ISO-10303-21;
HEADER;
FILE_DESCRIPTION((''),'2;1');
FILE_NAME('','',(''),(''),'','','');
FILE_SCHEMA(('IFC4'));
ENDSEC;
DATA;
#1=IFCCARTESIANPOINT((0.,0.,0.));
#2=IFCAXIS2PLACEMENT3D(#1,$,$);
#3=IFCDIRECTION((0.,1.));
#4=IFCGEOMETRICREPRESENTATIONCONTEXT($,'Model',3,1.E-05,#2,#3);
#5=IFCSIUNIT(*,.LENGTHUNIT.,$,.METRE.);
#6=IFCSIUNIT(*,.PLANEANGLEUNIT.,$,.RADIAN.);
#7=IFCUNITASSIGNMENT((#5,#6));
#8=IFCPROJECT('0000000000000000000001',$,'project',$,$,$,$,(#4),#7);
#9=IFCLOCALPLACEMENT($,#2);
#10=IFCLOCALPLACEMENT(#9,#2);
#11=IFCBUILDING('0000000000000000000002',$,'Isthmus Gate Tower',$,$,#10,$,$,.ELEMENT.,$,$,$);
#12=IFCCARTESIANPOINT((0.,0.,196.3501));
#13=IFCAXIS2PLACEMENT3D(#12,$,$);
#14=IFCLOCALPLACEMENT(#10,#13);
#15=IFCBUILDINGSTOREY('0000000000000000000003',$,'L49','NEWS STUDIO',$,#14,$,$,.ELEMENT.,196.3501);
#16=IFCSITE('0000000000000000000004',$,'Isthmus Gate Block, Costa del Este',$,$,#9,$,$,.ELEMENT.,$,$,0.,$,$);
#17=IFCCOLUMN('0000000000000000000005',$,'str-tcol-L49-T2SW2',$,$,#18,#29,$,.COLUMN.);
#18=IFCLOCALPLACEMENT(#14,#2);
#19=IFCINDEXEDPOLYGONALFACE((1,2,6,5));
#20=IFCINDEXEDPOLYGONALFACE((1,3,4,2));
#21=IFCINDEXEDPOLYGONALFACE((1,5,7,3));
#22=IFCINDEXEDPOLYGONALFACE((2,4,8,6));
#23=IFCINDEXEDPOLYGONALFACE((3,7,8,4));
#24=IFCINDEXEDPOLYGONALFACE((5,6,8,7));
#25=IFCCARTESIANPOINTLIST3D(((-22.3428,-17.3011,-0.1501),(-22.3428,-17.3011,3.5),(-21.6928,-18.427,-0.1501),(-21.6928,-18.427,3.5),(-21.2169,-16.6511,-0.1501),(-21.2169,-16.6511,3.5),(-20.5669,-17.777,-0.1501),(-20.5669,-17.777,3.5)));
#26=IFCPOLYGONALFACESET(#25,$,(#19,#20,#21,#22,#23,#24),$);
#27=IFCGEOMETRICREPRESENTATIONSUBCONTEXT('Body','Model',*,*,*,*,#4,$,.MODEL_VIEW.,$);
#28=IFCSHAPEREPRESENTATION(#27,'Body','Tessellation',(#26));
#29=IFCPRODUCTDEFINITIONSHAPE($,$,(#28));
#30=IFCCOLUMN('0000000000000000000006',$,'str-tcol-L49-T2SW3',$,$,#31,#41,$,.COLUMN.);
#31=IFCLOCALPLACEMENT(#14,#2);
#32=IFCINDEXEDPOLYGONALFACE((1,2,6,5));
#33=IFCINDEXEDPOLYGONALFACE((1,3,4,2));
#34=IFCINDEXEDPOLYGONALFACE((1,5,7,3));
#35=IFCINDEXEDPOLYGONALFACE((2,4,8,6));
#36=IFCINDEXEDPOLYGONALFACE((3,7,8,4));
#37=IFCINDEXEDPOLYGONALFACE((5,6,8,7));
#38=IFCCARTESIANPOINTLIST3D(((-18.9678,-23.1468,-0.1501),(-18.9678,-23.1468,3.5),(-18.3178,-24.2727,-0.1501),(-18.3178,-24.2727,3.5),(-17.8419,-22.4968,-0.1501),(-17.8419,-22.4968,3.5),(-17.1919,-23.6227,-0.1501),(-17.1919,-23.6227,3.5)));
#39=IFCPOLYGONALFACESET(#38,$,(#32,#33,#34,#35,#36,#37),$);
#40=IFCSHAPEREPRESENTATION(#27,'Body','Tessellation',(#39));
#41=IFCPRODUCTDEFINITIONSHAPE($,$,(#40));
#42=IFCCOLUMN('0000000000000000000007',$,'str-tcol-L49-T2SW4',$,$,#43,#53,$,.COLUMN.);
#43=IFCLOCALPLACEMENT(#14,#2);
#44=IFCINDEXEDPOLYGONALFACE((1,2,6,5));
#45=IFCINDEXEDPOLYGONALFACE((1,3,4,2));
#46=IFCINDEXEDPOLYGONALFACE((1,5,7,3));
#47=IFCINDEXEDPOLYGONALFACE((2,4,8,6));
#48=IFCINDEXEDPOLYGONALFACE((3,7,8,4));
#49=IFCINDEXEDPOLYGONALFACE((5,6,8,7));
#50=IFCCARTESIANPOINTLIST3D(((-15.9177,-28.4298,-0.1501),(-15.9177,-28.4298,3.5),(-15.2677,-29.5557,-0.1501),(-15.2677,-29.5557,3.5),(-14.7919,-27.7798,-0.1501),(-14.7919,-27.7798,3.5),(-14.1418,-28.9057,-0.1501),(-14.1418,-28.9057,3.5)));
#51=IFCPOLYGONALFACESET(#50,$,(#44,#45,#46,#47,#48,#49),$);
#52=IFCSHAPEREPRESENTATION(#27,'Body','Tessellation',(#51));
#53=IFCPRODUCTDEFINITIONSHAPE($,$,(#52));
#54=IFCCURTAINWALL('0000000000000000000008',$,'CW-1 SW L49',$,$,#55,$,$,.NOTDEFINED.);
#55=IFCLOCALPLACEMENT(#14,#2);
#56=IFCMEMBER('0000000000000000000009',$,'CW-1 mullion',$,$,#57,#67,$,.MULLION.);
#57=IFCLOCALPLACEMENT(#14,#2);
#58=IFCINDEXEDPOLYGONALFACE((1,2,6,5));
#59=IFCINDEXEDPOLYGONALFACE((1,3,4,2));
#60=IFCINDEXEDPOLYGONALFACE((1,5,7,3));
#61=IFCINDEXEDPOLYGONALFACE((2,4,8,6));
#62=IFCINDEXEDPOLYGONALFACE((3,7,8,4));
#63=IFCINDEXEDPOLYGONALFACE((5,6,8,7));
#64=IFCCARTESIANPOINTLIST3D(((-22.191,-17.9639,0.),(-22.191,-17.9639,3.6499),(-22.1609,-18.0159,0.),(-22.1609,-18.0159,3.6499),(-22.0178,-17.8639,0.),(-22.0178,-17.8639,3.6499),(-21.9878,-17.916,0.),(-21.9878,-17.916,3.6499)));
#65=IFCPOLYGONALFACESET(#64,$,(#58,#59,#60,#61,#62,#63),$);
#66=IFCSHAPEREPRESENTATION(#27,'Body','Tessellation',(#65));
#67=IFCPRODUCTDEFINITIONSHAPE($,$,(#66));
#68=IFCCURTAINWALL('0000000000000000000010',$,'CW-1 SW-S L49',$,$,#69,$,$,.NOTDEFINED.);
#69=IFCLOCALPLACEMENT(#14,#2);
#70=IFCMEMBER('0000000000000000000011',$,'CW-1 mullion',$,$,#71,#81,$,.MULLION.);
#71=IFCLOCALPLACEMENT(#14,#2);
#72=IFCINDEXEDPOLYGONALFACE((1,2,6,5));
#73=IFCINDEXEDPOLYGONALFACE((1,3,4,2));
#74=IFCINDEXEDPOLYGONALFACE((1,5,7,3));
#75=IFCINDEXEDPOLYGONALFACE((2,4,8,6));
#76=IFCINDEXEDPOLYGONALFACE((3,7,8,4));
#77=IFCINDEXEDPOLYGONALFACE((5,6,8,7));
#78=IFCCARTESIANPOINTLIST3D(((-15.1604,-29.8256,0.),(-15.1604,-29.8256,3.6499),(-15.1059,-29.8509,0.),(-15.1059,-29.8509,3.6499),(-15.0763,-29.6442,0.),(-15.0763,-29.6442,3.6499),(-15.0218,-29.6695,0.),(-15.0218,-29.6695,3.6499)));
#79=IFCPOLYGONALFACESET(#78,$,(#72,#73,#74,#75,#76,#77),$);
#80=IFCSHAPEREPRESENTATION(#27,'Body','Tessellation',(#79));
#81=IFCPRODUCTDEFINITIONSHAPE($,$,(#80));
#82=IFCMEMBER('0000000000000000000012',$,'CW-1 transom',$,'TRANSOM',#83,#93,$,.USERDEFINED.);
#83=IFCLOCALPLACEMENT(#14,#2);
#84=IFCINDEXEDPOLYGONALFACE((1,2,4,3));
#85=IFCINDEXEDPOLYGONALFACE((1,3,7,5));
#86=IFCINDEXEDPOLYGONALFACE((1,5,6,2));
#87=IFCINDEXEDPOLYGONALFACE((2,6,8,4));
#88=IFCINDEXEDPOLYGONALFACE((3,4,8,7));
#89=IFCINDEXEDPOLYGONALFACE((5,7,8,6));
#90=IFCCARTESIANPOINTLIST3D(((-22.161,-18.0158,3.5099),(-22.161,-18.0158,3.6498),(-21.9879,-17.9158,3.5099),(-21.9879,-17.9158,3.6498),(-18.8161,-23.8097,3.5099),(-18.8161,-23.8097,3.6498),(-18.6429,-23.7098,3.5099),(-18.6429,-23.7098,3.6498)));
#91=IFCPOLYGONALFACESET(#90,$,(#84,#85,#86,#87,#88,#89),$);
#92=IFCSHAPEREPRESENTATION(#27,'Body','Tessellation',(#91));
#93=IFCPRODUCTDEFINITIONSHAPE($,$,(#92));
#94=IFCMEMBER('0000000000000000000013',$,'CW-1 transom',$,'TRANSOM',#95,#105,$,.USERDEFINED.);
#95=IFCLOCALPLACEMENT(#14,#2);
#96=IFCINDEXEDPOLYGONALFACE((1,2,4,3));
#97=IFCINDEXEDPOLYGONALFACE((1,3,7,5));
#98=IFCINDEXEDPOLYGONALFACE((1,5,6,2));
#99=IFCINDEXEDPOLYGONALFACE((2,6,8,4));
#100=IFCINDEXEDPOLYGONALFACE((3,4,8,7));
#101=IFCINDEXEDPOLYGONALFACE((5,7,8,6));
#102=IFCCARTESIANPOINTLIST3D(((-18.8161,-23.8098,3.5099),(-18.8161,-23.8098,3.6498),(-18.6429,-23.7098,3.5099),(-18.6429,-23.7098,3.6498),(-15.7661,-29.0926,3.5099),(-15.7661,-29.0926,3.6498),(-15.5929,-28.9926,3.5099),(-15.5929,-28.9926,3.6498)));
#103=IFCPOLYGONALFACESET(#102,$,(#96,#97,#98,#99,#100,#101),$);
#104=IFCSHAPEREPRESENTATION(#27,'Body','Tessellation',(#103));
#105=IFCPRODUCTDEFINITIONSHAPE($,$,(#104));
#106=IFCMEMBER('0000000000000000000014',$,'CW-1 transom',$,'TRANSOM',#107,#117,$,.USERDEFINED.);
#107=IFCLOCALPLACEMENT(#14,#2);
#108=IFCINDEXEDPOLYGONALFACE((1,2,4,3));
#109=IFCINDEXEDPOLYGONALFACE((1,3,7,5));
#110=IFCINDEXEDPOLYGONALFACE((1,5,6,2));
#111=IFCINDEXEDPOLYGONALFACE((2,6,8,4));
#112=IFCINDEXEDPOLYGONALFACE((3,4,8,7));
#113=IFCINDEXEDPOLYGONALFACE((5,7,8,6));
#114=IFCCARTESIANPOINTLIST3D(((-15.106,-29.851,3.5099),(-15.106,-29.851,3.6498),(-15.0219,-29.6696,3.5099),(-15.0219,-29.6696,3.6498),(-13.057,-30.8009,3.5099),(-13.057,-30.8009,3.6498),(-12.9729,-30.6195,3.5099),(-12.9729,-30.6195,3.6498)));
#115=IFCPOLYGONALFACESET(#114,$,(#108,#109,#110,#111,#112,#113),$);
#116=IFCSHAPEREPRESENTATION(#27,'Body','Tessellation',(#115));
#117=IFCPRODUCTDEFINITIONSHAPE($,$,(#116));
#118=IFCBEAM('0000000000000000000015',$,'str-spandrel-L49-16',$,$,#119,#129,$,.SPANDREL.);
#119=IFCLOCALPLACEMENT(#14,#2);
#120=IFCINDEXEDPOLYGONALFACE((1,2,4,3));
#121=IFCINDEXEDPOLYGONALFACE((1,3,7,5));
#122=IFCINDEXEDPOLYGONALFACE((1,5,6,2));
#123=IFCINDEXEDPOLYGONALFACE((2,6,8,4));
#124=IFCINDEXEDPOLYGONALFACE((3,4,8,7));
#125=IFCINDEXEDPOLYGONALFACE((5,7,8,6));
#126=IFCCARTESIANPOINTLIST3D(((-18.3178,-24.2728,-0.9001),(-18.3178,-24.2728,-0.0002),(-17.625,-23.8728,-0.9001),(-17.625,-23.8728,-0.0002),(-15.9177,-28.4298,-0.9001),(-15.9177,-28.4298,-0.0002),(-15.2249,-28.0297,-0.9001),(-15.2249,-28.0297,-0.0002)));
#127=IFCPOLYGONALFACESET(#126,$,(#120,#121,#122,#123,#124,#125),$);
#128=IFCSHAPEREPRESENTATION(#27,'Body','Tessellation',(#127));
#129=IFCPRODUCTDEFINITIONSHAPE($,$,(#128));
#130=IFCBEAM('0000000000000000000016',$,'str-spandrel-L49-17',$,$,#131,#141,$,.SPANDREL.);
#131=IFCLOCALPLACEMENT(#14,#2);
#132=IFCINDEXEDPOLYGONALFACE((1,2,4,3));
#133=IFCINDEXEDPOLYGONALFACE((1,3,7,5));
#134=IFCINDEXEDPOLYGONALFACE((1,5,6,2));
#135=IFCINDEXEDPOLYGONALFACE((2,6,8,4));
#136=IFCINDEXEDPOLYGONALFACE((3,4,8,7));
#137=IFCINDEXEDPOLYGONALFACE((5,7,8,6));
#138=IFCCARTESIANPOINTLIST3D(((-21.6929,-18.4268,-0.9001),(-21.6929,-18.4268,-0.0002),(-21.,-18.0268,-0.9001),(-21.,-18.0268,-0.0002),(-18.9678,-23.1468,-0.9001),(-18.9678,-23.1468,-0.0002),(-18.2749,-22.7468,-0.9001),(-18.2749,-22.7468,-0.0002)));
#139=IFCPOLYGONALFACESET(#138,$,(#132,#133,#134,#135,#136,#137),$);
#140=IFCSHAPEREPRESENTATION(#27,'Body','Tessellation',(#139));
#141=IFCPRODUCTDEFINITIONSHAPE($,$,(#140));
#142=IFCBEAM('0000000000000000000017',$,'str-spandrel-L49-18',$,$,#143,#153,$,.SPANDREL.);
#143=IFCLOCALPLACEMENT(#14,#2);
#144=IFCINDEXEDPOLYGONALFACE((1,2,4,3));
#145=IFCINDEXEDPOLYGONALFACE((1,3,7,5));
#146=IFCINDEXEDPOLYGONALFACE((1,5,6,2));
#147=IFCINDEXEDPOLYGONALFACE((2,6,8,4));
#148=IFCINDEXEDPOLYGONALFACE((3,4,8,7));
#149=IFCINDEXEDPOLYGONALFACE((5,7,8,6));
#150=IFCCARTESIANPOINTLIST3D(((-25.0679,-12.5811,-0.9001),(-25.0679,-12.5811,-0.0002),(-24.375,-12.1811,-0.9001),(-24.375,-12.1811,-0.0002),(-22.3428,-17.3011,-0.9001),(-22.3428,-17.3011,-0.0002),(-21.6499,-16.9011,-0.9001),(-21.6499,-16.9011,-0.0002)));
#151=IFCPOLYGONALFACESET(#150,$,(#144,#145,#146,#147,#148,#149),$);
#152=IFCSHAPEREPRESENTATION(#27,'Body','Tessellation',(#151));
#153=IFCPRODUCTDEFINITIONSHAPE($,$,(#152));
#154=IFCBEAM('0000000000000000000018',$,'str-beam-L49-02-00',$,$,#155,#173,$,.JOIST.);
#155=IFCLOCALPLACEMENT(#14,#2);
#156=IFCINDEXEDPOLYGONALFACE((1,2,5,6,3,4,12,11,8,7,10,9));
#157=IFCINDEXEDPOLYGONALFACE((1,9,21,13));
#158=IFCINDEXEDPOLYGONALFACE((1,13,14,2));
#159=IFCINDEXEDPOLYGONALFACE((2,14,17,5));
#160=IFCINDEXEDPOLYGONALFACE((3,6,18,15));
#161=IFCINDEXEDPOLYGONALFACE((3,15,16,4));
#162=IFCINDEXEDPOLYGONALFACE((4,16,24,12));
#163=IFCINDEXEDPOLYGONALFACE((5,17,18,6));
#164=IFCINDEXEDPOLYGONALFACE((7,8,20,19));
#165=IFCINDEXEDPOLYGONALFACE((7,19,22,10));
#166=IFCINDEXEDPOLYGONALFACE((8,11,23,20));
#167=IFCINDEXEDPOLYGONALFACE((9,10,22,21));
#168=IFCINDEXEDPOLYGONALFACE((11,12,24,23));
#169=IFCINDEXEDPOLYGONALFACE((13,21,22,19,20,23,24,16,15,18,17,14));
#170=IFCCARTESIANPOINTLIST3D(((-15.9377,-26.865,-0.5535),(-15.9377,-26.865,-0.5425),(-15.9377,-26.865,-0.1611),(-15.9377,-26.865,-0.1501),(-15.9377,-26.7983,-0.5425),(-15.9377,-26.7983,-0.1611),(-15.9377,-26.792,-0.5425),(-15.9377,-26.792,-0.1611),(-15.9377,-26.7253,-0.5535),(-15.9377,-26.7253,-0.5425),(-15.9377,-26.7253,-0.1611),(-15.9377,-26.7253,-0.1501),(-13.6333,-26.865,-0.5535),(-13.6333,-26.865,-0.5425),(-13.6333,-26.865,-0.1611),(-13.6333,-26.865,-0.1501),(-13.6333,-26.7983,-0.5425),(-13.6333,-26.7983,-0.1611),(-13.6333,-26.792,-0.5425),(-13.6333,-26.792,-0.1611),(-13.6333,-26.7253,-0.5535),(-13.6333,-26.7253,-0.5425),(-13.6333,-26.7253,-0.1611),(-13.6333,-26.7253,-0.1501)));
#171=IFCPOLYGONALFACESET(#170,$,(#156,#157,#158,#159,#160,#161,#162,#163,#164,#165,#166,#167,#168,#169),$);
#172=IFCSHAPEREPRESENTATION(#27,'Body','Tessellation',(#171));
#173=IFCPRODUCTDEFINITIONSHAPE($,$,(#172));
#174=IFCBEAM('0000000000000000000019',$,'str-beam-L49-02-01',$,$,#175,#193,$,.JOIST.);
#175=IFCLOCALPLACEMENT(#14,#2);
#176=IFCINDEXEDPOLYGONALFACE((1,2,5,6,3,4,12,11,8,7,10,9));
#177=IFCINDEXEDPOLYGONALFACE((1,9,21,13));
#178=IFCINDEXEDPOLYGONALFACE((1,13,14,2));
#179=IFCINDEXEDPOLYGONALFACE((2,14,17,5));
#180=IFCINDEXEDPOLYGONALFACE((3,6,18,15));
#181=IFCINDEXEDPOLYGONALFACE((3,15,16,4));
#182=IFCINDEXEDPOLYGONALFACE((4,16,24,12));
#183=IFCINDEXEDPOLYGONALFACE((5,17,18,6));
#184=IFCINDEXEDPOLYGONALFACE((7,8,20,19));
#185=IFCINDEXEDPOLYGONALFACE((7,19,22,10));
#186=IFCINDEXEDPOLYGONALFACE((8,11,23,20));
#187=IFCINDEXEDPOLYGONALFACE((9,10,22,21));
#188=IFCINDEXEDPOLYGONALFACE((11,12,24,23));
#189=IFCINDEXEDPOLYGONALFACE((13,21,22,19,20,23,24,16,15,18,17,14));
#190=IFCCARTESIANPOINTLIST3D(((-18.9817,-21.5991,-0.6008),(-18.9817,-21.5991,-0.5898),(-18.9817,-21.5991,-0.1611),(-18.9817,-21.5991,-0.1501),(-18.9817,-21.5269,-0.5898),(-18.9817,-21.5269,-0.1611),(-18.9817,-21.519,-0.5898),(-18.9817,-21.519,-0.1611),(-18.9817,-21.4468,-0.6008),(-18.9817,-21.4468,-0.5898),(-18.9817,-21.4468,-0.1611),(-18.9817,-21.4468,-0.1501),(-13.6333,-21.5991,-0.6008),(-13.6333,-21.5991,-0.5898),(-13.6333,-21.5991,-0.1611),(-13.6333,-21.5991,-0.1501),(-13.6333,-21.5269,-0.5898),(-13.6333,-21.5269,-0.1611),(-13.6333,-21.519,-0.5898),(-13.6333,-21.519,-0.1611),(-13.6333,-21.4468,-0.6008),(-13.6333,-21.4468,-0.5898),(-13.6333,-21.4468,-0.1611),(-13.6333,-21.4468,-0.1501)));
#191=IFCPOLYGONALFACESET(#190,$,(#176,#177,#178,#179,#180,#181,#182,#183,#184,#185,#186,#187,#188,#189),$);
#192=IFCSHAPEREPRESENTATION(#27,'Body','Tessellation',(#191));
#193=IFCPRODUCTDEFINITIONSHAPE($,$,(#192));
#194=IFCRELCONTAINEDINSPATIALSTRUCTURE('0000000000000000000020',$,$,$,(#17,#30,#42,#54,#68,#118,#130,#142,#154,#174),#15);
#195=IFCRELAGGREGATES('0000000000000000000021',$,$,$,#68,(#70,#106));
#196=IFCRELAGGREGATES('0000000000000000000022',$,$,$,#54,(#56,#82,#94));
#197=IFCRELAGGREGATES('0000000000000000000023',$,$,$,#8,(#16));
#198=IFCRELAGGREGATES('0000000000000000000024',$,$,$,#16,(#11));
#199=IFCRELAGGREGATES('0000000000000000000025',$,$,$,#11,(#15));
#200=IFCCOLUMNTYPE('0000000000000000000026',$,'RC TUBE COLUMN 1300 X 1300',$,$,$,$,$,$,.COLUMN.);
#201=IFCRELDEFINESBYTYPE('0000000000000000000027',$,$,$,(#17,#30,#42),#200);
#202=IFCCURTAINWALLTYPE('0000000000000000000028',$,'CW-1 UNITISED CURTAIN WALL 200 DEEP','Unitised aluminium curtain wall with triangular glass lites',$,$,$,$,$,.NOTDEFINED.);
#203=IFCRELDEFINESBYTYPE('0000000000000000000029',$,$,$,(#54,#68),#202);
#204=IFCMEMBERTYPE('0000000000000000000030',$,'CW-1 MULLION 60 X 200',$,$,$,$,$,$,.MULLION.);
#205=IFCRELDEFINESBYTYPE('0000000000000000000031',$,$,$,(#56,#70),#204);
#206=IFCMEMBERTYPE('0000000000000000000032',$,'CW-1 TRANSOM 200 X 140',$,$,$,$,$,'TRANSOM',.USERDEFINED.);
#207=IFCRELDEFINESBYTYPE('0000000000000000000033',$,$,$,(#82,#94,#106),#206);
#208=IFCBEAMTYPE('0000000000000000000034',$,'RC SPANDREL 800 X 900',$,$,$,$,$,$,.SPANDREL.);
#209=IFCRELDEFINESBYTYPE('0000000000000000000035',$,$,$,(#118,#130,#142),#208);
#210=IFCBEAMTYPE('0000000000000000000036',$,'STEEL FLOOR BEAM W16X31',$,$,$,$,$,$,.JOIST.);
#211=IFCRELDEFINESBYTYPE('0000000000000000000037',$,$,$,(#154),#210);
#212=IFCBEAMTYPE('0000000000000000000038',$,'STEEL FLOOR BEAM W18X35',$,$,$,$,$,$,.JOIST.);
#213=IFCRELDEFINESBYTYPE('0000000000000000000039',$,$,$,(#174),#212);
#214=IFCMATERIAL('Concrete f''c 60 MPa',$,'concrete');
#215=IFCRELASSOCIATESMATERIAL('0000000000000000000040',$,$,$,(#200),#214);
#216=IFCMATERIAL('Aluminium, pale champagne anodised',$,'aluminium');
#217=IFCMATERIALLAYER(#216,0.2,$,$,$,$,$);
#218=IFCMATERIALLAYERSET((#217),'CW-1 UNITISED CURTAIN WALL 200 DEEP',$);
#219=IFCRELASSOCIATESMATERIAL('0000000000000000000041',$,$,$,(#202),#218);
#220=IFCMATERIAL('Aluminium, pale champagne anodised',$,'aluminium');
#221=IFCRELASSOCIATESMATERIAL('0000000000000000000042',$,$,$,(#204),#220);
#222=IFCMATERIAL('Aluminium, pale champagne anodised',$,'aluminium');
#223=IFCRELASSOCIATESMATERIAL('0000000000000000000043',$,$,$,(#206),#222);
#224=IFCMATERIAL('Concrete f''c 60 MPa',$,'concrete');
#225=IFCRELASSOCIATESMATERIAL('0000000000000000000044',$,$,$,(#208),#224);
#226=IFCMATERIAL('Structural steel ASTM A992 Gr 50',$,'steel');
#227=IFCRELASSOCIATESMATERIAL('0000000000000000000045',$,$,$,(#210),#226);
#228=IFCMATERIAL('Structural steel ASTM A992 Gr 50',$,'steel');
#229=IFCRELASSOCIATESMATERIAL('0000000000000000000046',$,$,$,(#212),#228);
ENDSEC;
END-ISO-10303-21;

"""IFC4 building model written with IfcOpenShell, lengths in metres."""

from ifc_helpers import new_model, si_unit, direction, frame, origin, origin_2d, place, context, subcontext, project, spatial, rectangle, i_section, extrude, material, layer, layer_set, material_profile, profile_set, type_object, element, aggregate, save


model = new_model("IFC4")

# Units and contexts
model_context = context("Model", 3, precision=1e-05, world=origin(), true_north=direction((0.0, 1.0)))
body_context = subcontext(model_context, "Body", "Model", "MODEL_VIEW")
ifc_project = project(units=[si_unit("LENGTHUNIT", "METRE"), si_unit("PLANEANGLEUNIT", "RADIAN")], contexts=[model_context])

# Site, building, storey
site_placement = place(None, origin())
site = spatial("IfcSite", under=ifc_project, at=site_placement, Name="Isthmus Gate Block, Costa del Este", CompositionType="ELEMENT", RefElevation=0.0)
building_placement = place(site_placement, origin())
building = spatial("IfcBuilding", under=site, at=building_placement, Name="Isthmus Gate Tower", CompositionType="ELEMENT")
storey_placement = place(building_placement, frame((0.0, 0.0, 196.3501)))
storey = spatial("IfcBuildingStorey", under=building, at=storey_placement, Name="L49", Description="NEWS STUDIO", CompositionType="ELEMENT", Elevation=196.3501)

# Columns
ifc_material_1 = material(Name="Concrete f'c 60 MPa", Category="concrete")
ifc_material_profile_1 = material_profile(ifc_material_1, rectangle(XDim=1.3, YDim=1.3, at=origin_2d()), Name="RC 1300X1300")
ifc_profile_set_1 = profile_set([ifc_material_profile_1], Name="Concrete f'c 60 MPa")
column_type = type_object("IfcColumnType", Name="RC TUBE COLUMN 1300 X 1300", PredefinedType="COLUMN", material=ifc_profile_set_1)
for number, where, z_axis, x_axis, name in (
    (1, (-21.4548, -17.5391, -0.1501), (0.0, 0.0, 1.0), (0.5, -0.866025, 0.0), "str-tcol-L49-T2SW2"),
    (2, (-18.0798, -23.3848, -0.1501), (0.0, 0.0, 1.0), (0.5, -0.866025, 0.0), "str-tcol-L49-T2SW3"),
    (3, (-15.0298, -28.6677, -0.1501), (0.0, 0.0, 1.0), (0.5, -0.866025, 0.0), "str-tcol-L49-T2SW4"),
):
    element("IfcColumn", number, at=place(storey_placement, frame(where, z_axis=z_axis, x_axis=x_axis)), inside=storey, type_object=column_type, Name=name, PredefinedType="COLUMN", context=body_context, shape_type="SweptSolid", body=[
        extrude(rectangle(XDim=1.3, YDim=1.3, at=origin_2d()), origin(), (0.0, 0.0, 1.0), 3.6501),
    ])

# Curtain walls, members
ifc_material_2 = material(Name="Aluminium, pale champagne anodised", Category="aluminium")
ifc_layer_1 = layer(ifc_material_2, 0.2)
ifc_layer_set_1 = layer_set([ifc_layer_1], Name="CW-1 UNITISED CURTAIN WALL 200 DEEP")
curtain_wall_type = type_object("IfcCurtainWallType", Name="CW-1 UNITISED CURTAIN WALL 200 DEEP", Description="Unitised aluminium curtain wall with triangular glass lites", PredefinedType="NOTDEFINED", material=ifc_layer_set_1)
curtain_wall_1_placement = place(storey_placement, origin())
curtain_wall_1 = element("IfcCurtainWall", 4, at=curtain_wall_1_placement, inside=storey, type_object=curtain_wall_type, Name="CW-1 SW L49", PredefinedType="NOTDEFINED")
ifc_material_3 = material(Name="Aluminium, pale champagne anodised", Category="aluminium")
ifc_material_profile_2 = material_profile(ifc_material_3, rectangle(XDim=0.0601, YDim=0.2, at=origin_2d()), Name="60x200")
ifc_profile_set_2 = profile_set([ifc_material_profile_2], Name="Aluminium, pale champagne anodised")
member_type_1 = type_object("IfcMemberType", Name="CW-1 MULLION 60 X 200", PredefinedType="MULLION", material=ifc_profile_set_2)
member_1_placement = place(storey_placement, frame((-22.0894, -17.9399, 0.0), z_axis=(0.0, 0.0, 1.0), x_axis=(0.5, -0.866025, 0.0)))
member_1 = element("IfcMember", 5, at=member_1_placement, type_object=member_type_1, Name="CW-1 mullion", PredefinedType="MULLION", context=body_context, shape_type="SweptSolid", body=[
    extrude(rectangle(XDim=0.0601, YDim=0.2, at=origin_2d()), origin(), (0.0, 0.0, 1.0), 3.6499),
])
curtain_wall_2_placement = place(storey_placement, origin())
curtain_wall_2 = element("IfcCurtainWall", 6, at=curtain_wall_2_placement, inside=storey, type_object=curtain_wall_type, Name="CW-1 SW-S L49", PredefinedType="NOTDEFINED")
member_2_placement = place(storey_placement, frame((-15.0911, -29.7476, 0.0), z_axis=(0.0, 0.0, 1.0), x_axis=(0.907256, -0.420578, 0.0)))
member_2 = element("IfcMember", 7, at=member_2_placement, type_object=member_type_1, Name="CW-1 mullion", PredefinedType="MULLION", context=body_context, shape_type="SweptSolid", body=[
    extrude(rectangle(XDim=0.0601, YDim=0.2, at=origin_2d()), origin(), (0.0, 0.0, 1.0), 3.6499),
])

# Members
ifc_material_4 = material(Name="Aluminium, pale champagne anodised", Category="aluminium")
ifc_material_profile_3 = material_profile(ifc_material_4, rectangle(XDim=0.2, YDim=0.1399, at=origin_2d()), Name="200x140")
ifc_profile_set_3 = profile_set([ifc_material_profile_3], Name="Aluminium, pale champagne anodised")
member_type_2 = type_object("IfcMemberType", Name="CW-1 TRANSOM 200 X 140", ElementType="TRANSOM", PredefinedType="USERDEFINED", material=ifc_profile_set_3)
member_3_placement = place(storey_placement, frame((-22.0745, -17.9658, 3.5798), z_axis=(0.499981, -0.866036, 0.0), x_axis=(0.866036, 0.499981, 0.0)))
member_3 = element("IfcMember", 8, at=member_3_placement, type_object=member_type_2, Name="CW-1 transom", ObjectType="TRANSOM", PredefinedType="USERDEFINED", context=body_context, shape_type="SweptSolid", body=[
    extrude(rectangle(XDim=0.2, YDim=0.1399, at=origin_2d()), origin(), (0.0, 0.0, 1.0), 6.6902),
])
member_4_placement = place(storey_placement, frame((-18.7295, -23.7598, 3.5798), z_axis=(0.499992, -0.86603, 0.0), x_axis=(0.86603, 0.499992, 0.0)))
member_4 = element("IfcMember", 9, at=member_4_placement, type_object=member_type_2, Name="CW-1 transom", ObjectType="TRANSOM", PredefinedType="USERDEFINED", context=body_context, shape_type="SweptSolid", body=[
    extrude(rectangle(XDim=0.2, YDim=0.1399, at=origin_2d()), origin(), (0.0, 0.0, 1.0), 6.1001),
])
member_5_placement = place(storey_placement, frame((-15.064, -29.7603, 3.5798), z_axis=(0.907246, -0.4206, 0.0), x_axis=(0.4206, 0.907246, 0.0)))
member_5 = element("IfcMember", 10, at=member_5_placement, type_object=member_type_2, Name="CW-1 transom", ObjectType="TRANSOM", PredefinedType="USERDEFINED", context=body_context, shape_type="SweptSolid", body=[
    extrude(rectangle(XDim=0.2, YDim=0.1399, at=origin_2d()), origin(), (0.0, 0.0, 1.0), 2.2585),
])
aggregate(curtain_wall_2, [member_2, member_5])

# Beams
ifc_material_5 = material(Name="Concrete f'c 60 MPa", Category="concrete")
ifc_material_profile_4 = material_profile(ifc_material_5, rectangle(XDim=0.8, YDim=0.8999, at=origin_2d()), Name="RC 800X900")
ifc_profile_set_4 = profile_set([ifc_material_profile_4], Name="Concrete f'c 60 MPa")
beam_type_1 = type_object("IfcBeamType", Name="RC SPANDREL 800 X 900", PredefinedType="SPANDREL", material=ifc_profile_set_4)
beam_1_placement = place(storey_placement, frame((-15.5713, -28.2297, -0.4502), z_axis=(-0.500017, 0.866015, 0.0), x_axis=(-0.866015, -0.500017, 0.0)))
element("IfcBeam", 11, at=beam_1_placement, inside=storey, type_object=beam_type_1, Name="str-spandrel-L49-16", PredefinedType="SPANDREL", context=body_context, shape_type="SweptSolid", body=[
    extrude(rectangle(XDim=0.8, YDim=0.8999, at=origin_2d()), origin(), (0.0, 0.0, 1.0), 4.8),
])
for number, where, z_axis, x_axis, name in (
    (12, (-18.6213, -22.9468, -0.4502), (-0.500003, 0.866024, 0.0), (-0.866024, -0.500003, 0.0), "str-spandrel-L49-17"),
    (13, (-21.9963, -17.1011, -0.4502), (-0.500003, 0.866024, 0.0), (-0.866024, -0.500003, 0.0), "str-spandrel-L49-18"),
):
    element("IfcBeam", number, at=place(storey_placement, frame(where, z_axis=z_axis, x_axis=x_axis)), inside=storey, type_object=beam_type_1, Name=name, PredefinedType="SPANDREL", context=body_context, shape_type="SweptSolid", body=[
        extrude(rectangle(XDim=0.8, YDim=0.8999, at=origin_2d()), origin(), (0.0, 0.0, 1.0), 5.4502),
    ])
ifc_material_6 = material(Name="Structural steel ASTM A992 Gr 50", Category="steel")
ifc_material_profile_5 = material_profile(ifc_material_6, i_section(OverallWidth=0.1396, OverallDepth=0.4033, WebThickness=0.0063, FlangeThickness=0.011, at=origin_2d()), Name="W16X31")
ifc_profile_set_5 = profile_set([ifc_material_profile_5], Name="Structural steel ASTM A992 Gr 50")
beam_type_2 = type_object("IfcBeamType", Name="STEEL FLOOR BEAM W16X31", PredefinedType="JOIST", material=ifc_profile_set_5)
beam_2_placement = place(storey_placement, frame((-15.9377, -26.7952, -0.3518), z_axis=(1.0, 0.0, 0.0), x_axis=(0.0, 1.0, 0.0)))
element("IfcBeam", 14, at=beam_2_placement, inside=storey, type_object=beam_type_2, Name="str-beam-L49-02-00", PredefinedType="JOIST", context=body_context, shape_type="SweptSolid", body=[
    extrude(i_section(OverallWidth=0.1396, OverallDepth=0.4033, WebThickness=0.0063, FlangeThickness=0.011, at=origin_2d()), origin(), (0.0, 0.0, 1.0), 2.3044),
])
ifc_material_7 = material(Name="Structural steel ASTM A992 Gr 50", Category="steel")
ifc_material_profile_6 = material_profile(ifc_material_7, i_section(OverallWidth=0.1523, OverallDepth=0.4507, WebThickness=0.0078, FlangeThickness=0.011, at=origin_2d()), Name="W18X35")
ifc_profile_set_6 = profile_set([ifc_material_profile_6], Name="Structural steel ASTM A992 Gr 50")
beam_type_3 = type_object("IfcBeamType", Name="STEEL FLOOR BEAM W18X35", PredefinedType="JOIST", material=ifc_profile_set_6)
beam_3_placement = place(storey_placement, frame((-18.9817, -21.5229, -0.3755), z_axis=(1.0, 0.0, 0.0), x_axis=(0.0, 1.0, 0.0)))
element("IfcBeam", 15, at=beam_3_placement, inside=storey, type_object=beam_type_3, Name="str-beam-L49-02-01", PredefinedType="JOIST", context=body_context, shape_type="SweptSolid", body=[
    extrude(i_section(OverallWidth=0.1523, OverallDepth=0.4507, WebThickness=0.0078, FlangeThickness=0.011, at=origin_2d()), origin(), (0.0, 0.0, 1.0), 5.3484),
])

aggregate(curtain_wall_1, [member_1, member_3, member_4])

save(model, "model.ifc")
